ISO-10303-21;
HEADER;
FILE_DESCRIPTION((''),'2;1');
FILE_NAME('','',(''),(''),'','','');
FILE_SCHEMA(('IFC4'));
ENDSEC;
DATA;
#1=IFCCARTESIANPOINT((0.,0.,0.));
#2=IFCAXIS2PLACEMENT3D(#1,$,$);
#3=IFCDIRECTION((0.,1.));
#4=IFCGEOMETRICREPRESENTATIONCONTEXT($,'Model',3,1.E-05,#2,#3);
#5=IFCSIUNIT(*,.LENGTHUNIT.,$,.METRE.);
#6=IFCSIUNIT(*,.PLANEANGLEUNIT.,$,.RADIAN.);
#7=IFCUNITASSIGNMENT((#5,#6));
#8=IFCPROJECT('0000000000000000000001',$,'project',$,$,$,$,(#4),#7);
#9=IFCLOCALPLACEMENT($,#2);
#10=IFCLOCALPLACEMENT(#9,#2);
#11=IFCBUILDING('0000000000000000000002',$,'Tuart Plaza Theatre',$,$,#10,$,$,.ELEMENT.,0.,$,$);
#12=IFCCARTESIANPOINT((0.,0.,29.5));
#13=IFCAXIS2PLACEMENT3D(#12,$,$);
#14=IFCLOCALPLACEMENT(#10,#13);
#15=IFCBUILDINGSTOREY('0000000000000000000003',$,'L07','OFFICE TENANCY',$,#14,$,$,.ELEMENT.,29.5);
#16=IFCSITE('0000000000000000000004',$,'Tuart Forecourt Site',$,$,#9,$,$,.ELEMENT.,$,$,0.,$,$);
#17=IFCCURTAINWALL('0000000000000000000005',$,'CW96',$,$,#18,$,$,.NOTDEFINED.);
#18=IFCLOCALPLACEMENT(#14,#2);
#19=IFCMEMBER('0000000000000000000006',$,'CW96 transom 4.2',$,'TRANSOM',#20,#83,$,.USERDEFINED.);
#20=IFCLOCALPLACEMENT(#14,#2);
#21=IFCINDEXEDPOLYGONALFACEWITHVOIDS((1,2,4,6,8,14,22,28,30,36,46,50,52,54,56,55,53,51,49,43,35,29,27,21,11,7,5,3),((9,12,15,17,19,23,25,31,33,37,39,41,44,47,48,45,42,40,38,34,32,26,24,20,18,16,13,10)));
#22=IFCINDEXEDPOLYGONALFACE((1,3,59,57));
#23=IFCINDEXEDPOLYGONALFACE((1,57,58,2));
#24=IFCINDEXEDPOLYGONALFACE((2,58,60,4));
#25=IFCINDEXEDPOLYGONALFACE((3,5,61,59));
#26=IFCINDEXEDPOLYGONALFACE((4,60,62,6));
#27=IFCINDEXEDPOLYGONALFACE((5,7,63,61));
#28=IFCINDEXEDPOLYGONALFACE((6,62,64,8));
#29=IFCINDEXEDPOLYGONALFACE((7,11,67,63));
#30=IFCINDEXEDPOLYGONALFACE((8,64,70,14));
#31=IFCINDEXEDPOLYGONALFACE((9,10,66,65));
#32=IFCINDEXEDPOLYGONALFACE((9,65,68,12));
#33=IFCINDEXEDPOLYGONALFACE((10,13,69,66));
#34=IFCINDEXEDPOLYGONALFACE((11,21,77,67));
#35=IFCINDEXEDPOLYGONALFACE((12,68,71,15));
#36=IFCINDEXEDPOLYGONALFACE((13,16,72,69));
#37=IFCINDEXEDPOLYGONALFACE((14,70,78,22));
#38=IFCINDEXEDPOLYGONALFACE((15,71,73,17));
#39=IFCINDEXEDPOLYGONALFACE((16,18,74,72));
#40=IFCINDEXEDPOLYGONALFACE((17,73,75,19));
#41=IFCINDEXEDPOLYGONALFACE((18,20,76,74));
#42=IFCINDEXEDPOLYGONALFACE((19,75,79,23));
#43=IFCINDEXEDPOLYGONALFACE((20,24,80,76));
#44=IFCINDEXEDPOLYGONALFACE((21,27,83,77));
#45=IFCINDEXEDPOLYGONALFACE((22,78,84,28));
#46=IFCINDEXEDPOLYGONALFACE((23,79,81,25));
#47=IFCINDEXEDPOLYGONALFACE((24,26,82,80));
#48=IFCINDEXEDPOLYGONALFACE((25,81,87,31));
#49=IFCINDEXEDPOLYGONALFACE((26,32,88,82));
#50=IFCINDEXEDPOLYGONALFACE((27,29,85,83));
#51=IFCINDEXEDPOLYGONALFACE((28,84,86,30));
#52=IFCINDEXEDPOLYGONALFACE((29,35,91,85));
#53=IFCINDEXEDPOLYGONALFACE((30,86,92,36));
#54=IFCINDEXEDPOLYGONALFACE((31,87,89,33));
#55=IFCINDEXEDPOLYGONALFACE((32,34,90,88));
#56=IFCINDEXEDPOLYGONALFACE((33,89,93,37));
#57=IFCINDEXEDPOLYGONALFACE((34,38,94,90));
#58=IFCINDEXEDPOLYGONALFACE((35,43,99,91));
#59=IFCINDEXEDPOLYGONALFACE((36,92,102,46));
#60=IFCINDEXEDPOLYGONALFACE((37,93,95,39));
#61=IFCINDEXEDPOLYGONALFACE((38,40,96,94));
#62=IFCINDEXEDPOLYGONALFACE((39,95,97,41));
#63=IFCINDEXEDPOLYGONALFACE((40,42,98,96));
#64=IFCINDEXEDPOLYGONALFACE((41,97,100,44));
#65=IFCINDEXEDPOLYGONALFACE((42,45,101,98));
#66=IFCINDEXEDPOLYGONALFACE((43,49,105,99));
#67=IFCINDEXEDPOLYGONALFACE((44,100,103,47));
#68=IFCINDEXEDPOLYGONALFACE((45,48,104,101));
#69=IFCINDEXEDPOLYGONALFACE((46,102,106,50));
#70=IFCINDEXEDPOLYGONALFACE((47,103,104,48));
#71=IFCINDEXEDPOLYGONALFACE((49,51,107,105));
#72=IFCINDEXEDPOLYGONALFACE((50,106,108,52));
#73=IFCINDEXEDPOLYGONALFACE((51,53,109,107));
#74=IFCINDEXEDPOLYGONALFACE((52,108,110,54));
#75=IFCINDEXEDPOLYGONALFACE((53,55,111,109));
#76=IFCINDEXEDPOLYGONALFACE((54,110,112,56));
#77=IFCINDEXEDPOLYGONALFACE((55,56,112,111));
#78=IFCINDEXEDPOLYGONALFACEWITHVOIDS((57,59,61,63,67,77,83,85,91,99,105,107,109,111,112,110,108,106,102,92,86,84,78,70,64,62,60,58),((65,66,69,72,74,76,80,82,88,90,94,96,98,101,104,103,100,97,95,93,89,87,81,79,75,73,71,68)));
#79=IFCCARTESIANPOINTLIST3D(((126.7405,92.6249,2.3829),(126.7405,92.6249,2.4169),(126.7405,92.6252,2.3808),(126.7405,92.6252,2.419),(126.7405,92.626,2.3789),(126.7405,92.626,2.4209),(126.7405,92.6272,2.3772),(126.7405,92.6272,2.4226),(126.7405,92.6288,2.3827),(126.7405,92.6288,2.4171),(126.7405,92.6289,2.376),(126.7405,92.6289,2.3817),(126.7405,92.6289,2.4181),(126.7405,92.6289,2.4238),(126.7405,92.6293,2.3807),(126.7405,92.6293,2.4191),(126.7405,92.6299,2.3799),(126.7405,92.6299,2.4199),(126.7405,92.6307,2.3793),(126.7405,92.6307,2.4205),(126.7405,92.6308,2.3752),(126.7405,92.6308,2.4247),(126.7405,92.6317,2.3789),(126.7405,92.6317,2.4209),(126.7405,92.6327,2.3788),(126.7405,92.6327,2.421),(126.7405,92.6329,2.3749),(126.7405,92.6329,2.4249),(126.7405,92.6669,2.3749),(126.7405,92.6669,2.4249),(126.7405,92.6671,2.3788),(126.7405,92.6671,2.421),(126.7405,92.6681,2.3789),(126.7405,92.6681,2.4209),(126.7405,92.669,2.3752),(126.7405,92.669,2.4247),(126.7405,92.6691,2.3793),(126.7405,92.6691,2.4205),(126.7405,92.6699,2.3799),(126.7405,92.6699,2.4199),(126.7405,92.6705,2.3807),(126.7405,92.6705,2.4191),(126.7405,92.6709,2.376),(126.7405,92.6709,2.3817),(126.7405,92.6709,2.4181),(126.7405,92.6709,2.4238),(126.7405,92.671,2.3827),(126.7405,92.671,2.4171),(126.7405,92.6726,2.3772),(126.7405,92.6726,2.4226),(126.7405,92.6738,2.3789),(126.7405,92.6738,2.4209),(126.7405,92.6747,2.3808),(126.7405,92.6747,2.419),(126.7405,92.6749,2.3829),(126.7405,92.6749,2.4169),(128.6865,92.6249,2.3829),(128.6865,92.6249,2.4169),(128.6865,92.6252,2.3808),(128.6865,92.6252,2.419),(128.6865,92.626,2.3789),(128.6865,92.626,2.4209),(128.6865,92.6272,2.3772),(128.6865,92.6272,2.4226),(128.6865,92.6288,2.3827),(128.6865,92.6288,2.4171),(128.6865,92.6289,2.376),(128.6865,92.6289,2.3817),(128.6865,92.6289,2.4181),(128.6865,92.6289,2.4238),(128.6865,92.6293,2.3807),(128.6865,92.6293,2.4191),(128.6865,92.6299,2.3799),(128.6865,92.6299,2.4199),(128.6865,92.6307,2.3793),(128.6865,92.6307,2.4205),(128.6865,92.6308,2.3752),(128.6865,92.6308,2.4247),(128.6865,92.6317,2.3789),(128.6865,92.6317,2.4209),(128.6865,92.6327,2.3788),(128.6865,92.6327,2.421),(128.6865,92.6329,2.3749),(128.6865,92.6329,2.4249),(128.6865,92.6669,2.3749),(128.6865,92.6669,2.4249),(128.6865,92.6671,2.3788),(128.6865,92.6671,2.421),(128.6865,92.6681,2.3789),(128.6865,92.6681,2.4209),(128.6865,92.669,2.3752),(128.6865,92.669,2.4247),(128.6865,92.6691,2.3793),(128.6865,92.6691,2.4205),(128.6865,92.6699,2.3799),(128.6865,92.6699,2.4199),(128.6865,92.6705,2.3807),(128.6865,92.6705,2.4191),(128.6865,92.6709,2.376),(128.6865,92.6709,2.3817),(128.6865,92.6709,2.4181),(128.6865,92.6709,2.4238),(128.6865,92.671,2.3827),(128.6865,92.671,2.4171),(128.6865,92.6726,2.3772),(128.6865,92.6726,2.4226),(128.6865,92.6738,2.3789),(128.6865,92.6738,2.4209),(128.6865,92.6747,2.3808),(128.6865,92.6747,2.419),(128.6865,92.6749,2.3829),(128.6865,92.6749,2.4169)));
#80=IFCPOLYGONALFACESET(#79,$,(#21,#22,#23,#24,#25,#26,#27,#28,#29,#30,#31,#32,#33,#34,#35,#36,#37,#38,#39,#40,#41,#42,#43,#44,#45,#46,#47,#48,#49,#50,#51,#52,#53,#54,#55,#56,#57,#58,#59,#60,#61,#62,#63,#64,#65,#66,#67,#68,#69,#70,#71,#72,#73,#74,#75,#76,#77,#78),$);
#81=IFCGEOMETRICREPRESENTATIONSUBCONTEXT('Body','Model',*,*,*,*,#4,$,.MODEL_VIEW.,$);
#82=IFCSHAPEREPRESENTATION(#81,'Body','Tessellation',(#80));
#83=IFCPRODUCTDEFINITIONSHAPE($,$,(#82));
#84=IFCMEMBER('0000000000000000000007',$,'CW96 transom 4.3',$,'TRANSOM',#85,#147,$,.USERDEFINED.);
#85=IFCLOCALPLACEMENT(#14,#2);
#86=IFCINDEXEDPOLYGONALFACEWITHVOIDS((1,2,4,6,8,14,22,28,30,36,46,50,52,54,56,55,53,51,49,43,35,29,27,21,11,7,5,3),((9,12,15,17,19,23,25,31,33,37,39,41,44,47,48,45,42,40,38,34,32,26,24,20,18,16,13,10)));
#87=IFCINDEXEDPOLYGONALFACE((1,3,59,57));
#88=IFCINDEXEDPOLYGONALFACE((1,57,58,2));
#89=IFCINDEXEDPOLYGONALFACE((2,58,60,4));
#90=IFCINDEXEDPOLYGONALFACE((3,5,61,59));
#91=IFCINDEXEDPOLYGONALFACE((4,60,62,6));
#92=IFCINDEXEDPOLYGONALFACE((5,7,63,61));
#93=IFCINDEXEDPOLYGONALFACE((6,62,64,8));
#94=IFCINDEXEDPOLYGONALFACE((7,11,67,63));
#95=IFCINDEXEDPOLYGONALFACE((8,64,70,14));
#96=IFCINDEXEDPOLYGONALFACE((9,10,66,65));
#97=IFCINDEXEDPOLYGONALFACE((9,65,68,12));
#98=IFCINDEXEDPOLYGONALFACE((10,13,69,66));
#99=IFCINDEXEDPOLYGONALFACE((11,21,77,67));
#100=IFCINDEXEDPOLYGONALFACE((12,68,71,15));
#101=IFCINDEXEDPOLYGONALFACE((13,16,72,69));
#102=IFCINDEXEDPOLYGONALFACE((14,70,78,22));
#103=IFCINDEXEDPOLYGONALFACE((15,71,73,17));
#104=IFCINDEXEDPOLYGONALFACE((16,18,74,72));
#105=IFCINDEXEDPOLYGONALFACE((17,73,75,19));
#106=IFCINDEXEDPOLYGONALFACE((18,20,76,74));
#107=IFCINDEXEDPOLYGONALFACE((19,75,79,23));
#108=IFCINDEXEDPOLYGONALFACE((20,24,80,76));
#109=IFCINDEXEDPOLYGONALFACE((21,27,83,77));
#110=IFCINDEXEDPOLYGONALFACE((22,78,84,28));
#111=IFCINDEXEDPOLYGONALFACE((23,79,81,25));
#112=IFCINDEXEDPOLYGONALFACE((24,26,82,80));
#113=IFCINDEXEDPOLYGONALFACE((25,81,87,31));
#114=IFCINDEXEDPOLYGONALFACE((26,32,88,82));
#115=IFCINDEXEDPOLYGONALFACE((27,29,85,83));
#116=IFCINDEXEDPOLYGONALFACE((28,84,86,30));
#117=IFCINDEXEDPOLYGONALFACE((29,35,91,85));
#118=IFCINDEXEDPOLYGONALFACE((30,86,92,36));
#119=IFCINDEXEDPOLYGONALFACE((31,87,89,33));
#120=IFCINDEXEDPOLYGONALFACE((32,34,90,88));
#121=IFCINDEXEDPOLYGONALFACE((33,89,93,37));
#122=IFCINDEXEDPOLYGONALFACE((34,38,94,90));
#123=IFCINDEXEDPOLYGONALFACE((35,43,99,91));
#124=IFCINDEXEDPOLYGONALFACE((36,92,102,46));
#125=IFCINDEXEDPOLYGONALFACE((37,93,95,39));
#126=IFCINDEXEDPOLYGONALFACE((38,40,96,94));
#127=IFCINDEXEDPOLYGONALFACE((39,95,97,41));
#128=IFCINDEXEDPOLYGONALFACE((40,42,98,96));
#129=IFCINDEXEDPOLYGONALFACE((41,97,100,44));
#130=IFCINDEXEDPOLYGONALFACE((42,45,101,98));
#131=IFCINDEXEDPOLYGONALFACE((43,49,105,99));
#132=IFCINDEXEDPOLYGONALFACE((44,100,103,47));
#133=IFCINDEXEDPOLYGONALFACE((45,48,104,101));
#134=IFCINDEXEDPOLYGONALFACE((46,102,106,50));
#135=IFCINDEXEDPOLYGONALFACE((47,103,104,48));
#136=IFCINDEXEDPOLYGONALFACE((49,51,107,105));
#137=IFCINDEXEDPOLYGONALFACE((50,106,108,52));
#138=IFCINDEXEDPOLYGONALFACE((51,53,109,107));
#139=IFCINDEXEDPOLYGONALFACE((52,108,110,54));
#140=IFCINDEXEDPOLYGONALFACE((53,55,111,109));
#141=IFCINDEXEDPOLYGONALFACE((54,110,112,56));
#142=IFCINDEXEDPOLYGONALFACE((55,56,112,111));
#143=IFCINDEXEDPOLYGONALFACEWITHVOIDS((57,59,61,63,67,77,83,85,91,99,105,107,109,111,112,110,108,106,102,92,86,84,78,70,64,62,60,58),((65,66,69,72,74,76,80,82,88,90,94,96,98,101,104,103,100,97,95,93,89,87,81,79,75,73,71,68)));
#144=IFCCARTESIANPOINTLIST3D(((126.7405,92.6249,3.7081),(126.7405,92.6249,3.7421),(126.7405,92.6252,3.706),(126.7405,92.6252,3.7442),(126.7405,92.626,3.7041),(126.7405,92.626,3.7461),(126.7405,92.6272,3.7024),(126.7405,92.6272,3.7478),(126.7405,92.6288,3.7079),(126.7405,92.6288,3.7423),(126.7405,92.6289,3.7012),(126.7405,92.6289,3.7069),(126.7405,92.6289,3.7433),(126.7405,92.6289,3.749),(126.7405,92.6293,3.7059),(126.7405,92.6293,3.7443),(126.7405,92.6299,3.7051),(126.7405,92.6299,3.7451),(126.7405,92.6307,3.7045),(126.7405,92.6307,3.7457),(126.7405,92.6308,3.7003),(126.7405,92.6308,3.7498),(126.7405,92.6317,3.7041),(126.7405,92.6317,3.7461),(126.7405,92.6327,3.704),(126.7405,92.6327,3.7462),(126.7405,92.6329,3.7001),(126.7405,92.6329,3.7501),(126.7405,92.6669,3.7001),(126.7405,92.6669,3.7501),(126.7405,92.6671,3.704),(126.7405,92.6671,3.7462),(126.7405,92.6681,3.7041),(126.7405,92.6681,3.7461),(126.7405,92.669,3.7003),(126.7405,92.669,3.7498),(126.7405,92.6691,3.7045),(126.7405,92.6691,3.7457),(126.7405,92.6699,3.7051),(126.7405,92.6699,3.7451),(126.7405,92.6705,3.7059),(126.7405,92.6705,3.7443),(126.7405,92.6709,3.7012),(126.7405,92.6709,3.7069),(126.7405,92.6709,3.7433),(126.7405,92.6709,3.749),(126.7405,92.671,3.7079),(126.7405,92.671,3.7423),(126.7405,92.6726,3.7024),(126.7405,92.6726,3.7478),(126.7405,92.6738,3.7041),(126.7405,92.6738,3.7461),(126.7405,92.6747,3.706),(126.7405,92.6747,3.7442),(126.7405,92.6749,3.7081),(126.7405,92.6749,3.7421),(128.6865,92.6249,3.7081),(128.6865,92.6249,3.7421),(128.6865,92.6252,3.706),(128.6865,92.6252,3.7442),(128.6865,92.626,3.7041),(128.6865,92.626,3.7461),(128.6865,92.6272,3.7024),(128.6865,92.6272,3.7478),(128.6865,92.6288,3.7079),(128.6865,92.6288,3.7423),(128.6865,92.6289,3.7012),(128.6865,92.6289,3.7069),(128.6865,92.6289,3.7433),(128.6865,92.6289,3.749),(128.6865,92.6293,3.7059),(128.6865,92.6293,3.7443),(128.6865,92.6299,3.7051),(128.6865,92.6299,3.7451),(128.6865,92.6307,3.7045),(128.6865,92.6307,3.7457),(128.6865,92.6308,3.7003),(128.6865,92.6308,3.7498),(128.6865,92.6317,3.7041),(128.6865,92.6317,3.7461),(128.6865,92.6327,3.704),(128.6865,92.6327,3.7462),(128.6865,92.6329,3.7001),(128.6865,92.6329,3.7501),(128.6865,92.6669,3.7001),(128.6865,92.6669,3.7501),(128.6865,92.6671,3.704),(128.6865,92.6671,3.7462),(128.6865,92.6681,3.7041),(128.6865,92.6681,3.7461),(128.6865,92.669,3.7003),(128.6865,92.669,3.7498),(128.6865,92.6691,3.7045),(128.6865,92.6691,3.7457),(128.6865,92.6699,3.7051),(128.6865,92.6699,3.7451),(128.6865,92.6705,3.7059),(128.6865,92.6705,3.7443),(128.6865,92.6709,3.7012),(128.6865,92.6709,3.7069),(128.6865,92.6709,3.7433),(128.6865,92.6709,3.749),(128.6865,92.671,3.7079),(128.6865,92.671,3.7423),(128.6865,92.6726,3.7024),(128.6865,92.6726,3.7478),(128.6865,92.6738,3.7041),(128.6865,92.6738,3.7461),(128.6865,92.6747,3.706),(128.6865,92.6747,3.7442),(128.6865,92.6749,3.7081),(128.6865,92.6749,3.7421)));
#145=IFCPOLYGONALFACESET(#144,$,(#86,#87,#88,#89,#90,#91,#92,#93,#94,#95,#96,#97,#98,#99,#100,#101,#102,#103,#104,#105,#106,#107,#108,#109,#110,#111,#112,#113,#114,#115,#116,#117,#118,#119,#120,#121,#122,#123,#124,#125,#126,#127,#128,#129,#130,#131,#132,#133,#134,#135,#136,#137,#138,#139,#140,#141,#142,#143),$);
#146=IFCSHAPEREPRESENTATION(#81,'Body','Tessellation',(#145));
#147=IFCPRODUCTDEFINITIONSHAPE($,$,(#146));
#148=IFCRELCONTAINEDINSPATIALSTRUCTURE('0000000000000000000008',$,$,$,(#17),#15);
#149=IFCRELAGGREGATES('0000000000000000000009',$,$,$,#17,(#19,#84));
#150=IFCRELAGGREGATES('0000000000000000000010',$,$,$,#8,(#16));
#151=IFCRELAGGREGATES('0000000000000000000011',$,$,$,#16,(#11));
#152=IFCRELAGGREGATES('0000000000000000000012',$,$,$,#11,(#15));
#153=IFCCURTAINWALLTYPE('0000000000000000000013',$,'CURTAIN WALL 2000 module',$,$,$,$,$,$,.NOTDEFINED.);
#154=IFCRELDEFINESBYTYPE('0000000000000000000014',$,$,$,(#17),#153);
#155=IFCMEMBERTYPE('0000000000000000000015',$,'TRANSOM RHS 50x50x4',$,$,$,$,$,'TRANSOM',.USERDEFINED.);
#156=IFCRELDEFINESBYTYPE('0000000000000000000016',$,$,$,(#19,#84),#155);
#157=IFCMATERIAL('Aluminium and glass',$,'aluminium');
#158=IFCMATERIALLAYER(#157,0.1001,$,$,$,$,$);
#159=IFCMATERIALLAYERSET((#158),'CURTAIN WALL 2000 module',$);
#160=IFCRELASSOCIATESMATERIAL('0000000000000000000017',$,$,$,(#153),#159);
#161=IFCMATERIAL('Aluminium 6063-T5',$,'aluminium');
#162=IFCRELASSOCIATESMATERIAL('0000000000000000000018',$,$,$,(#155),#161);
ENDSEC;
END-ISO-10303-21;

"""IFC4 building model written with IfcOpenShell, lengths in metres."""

from ifc_helpers import new_model, si_unit, direction, frame, origin, origin_2d, place, context, subcontext, project, spatial, hollow_rectangle, extrude, material, layer, layer_set, material_profile, profile_set, type_object, element, aggregate, save


model = new_model("IFC4")

# Units and contexts
model_context = context("Model", 3, precision=1e-05, world=origin(), true_north=direction((0.0, 1.0)))
body_context = subcontext(model_context, "Body", "Model", "MODEL_VIEW")
ifc_project = project(units=[si_unit("LENGTHUNIT", "METRE"), si_unit("PLANEANGLEUNIT", "RADIAN")], contexts=[model_context])

# Site, building, storey
site_placement = place(None, origin())
site = spatial("IfcSite", under=ifc_project, at=site_placement, Name="Tuart Forecourt Site", CompositionType="ELEMENT", RefElevation=0.0)
building_placement = place(site_placement, origin())
building = spatial("IfcBuilding", under=site, at=building_placement, Name="Tuart Plaza Theatre", CompositionType="ELEMENT", ElevationOfRefHeight=0.0)
storey_placement = place(building_placement, frame((0.0, 0.0, 29.5)))
storey = spatial("IfcBuildingStorey", under=building, at=storey_placement, Name="L07", Description="OFFICE TENANCY", CompositionType="ELEMENT", Elevation=29.5)

# Curtain wall, members
ifc_material_1 = material(Name="Aluminium and glass", Category="aluminium")
ifc_layer_1 = layer(ifc_material_1, 0.1001)
ifc_layer_set_1 = layer_set([ifc_layer_1], Name="CURTAIN WALL 2000 module")
curtain_wall_type = type_object("IfcCurtainWallType", Name="CURTAIN WALL 2000 module", PredefinedType="NOTDEFINED", material=ifc_layer_set_1)
curtain_wall_placement = place(storey_placement, origin())
curtain_wall = element("IfcCurtainWall", 1, at=curtain_wall_placement, inside=storey, type_object=curtain_wall_type, Name="CW96", PredefinedType="NOTDEFINED")
ifc_material_2 = material(Name="Aluminium 6063-T5", Category="aluminium")
ifc_material_profile_1 = material_profile(ifc_material_2, hollow_rectangle(XDim=0.05, YDim=0.05, WallThickness=0.0039, InnerFilletRadius=0.0039, OuterFilletRadius=0.0081, at=origin_2d()), Name="RHS 50x50x4")
ifc_profile_set_1 = profile_set([ifc_material_profile_1], Name="Aluminium 6063-T5")
member_type_1 = type_object("IfcMemberType", Name="TRANSOM RHS 50x50x4", ElementType="TRANSOM", PredefinedType="USERDEFINED", material=ifc_profile_set_1)
member_1_placement = place(storey_placement, frame((128.6865, 92.6499, 2.3999), z_axis=(-1.0, 0.0, 0.0), x_axis=(0.0, -1.0, 0.0)))
member_1 = element("IfcMember", 2, at=member_1_placement, type_object=member_type_1, Name="CW96 transom 4.2", ObjectType="TRANSOM", PredefinedType="USERDEFINED", context=body_context, shape_type="SweptSolid", body=[
    extrude(hollow_rectangle(XDim=0.05, YDim=0.05, WallThickness=0.0039, InnerFilletRadius=0.0039, OuterFilletRadius=0.0081, at=origin_2d()), origin(), (0.0, 0.0, 1.0), 1.946),
])
member_2_placement = place(storey_placement, frame((128.6865, 92.6499, 3.7251), z_axis=(-1.0, 0.0, 0.0), x_axis=(0.0, -1.0, 0.0)))
member_2 = element("IfcMember", 3, at=member_2_placement, type_object=member_type_1, Name="CW96 transom 4.3", ObjectType="TRANSOM", PredefinedType="USERDEFINED", context=body_context, shape_type="SweptSolid", body=[
    extrude(hollow_rectangle(XDim=0.05, YDim=0.05, WallThickness=0.0039, InnerFilletRadius=0.0039, OuterFilletRadius=0.0081, at=origin_2d()), origin(), (0.0, 0.0, 1.0), 1.946),
])
aggregate(curtain_wall, [member_1, member_2])

save(model, "model.ifc")
